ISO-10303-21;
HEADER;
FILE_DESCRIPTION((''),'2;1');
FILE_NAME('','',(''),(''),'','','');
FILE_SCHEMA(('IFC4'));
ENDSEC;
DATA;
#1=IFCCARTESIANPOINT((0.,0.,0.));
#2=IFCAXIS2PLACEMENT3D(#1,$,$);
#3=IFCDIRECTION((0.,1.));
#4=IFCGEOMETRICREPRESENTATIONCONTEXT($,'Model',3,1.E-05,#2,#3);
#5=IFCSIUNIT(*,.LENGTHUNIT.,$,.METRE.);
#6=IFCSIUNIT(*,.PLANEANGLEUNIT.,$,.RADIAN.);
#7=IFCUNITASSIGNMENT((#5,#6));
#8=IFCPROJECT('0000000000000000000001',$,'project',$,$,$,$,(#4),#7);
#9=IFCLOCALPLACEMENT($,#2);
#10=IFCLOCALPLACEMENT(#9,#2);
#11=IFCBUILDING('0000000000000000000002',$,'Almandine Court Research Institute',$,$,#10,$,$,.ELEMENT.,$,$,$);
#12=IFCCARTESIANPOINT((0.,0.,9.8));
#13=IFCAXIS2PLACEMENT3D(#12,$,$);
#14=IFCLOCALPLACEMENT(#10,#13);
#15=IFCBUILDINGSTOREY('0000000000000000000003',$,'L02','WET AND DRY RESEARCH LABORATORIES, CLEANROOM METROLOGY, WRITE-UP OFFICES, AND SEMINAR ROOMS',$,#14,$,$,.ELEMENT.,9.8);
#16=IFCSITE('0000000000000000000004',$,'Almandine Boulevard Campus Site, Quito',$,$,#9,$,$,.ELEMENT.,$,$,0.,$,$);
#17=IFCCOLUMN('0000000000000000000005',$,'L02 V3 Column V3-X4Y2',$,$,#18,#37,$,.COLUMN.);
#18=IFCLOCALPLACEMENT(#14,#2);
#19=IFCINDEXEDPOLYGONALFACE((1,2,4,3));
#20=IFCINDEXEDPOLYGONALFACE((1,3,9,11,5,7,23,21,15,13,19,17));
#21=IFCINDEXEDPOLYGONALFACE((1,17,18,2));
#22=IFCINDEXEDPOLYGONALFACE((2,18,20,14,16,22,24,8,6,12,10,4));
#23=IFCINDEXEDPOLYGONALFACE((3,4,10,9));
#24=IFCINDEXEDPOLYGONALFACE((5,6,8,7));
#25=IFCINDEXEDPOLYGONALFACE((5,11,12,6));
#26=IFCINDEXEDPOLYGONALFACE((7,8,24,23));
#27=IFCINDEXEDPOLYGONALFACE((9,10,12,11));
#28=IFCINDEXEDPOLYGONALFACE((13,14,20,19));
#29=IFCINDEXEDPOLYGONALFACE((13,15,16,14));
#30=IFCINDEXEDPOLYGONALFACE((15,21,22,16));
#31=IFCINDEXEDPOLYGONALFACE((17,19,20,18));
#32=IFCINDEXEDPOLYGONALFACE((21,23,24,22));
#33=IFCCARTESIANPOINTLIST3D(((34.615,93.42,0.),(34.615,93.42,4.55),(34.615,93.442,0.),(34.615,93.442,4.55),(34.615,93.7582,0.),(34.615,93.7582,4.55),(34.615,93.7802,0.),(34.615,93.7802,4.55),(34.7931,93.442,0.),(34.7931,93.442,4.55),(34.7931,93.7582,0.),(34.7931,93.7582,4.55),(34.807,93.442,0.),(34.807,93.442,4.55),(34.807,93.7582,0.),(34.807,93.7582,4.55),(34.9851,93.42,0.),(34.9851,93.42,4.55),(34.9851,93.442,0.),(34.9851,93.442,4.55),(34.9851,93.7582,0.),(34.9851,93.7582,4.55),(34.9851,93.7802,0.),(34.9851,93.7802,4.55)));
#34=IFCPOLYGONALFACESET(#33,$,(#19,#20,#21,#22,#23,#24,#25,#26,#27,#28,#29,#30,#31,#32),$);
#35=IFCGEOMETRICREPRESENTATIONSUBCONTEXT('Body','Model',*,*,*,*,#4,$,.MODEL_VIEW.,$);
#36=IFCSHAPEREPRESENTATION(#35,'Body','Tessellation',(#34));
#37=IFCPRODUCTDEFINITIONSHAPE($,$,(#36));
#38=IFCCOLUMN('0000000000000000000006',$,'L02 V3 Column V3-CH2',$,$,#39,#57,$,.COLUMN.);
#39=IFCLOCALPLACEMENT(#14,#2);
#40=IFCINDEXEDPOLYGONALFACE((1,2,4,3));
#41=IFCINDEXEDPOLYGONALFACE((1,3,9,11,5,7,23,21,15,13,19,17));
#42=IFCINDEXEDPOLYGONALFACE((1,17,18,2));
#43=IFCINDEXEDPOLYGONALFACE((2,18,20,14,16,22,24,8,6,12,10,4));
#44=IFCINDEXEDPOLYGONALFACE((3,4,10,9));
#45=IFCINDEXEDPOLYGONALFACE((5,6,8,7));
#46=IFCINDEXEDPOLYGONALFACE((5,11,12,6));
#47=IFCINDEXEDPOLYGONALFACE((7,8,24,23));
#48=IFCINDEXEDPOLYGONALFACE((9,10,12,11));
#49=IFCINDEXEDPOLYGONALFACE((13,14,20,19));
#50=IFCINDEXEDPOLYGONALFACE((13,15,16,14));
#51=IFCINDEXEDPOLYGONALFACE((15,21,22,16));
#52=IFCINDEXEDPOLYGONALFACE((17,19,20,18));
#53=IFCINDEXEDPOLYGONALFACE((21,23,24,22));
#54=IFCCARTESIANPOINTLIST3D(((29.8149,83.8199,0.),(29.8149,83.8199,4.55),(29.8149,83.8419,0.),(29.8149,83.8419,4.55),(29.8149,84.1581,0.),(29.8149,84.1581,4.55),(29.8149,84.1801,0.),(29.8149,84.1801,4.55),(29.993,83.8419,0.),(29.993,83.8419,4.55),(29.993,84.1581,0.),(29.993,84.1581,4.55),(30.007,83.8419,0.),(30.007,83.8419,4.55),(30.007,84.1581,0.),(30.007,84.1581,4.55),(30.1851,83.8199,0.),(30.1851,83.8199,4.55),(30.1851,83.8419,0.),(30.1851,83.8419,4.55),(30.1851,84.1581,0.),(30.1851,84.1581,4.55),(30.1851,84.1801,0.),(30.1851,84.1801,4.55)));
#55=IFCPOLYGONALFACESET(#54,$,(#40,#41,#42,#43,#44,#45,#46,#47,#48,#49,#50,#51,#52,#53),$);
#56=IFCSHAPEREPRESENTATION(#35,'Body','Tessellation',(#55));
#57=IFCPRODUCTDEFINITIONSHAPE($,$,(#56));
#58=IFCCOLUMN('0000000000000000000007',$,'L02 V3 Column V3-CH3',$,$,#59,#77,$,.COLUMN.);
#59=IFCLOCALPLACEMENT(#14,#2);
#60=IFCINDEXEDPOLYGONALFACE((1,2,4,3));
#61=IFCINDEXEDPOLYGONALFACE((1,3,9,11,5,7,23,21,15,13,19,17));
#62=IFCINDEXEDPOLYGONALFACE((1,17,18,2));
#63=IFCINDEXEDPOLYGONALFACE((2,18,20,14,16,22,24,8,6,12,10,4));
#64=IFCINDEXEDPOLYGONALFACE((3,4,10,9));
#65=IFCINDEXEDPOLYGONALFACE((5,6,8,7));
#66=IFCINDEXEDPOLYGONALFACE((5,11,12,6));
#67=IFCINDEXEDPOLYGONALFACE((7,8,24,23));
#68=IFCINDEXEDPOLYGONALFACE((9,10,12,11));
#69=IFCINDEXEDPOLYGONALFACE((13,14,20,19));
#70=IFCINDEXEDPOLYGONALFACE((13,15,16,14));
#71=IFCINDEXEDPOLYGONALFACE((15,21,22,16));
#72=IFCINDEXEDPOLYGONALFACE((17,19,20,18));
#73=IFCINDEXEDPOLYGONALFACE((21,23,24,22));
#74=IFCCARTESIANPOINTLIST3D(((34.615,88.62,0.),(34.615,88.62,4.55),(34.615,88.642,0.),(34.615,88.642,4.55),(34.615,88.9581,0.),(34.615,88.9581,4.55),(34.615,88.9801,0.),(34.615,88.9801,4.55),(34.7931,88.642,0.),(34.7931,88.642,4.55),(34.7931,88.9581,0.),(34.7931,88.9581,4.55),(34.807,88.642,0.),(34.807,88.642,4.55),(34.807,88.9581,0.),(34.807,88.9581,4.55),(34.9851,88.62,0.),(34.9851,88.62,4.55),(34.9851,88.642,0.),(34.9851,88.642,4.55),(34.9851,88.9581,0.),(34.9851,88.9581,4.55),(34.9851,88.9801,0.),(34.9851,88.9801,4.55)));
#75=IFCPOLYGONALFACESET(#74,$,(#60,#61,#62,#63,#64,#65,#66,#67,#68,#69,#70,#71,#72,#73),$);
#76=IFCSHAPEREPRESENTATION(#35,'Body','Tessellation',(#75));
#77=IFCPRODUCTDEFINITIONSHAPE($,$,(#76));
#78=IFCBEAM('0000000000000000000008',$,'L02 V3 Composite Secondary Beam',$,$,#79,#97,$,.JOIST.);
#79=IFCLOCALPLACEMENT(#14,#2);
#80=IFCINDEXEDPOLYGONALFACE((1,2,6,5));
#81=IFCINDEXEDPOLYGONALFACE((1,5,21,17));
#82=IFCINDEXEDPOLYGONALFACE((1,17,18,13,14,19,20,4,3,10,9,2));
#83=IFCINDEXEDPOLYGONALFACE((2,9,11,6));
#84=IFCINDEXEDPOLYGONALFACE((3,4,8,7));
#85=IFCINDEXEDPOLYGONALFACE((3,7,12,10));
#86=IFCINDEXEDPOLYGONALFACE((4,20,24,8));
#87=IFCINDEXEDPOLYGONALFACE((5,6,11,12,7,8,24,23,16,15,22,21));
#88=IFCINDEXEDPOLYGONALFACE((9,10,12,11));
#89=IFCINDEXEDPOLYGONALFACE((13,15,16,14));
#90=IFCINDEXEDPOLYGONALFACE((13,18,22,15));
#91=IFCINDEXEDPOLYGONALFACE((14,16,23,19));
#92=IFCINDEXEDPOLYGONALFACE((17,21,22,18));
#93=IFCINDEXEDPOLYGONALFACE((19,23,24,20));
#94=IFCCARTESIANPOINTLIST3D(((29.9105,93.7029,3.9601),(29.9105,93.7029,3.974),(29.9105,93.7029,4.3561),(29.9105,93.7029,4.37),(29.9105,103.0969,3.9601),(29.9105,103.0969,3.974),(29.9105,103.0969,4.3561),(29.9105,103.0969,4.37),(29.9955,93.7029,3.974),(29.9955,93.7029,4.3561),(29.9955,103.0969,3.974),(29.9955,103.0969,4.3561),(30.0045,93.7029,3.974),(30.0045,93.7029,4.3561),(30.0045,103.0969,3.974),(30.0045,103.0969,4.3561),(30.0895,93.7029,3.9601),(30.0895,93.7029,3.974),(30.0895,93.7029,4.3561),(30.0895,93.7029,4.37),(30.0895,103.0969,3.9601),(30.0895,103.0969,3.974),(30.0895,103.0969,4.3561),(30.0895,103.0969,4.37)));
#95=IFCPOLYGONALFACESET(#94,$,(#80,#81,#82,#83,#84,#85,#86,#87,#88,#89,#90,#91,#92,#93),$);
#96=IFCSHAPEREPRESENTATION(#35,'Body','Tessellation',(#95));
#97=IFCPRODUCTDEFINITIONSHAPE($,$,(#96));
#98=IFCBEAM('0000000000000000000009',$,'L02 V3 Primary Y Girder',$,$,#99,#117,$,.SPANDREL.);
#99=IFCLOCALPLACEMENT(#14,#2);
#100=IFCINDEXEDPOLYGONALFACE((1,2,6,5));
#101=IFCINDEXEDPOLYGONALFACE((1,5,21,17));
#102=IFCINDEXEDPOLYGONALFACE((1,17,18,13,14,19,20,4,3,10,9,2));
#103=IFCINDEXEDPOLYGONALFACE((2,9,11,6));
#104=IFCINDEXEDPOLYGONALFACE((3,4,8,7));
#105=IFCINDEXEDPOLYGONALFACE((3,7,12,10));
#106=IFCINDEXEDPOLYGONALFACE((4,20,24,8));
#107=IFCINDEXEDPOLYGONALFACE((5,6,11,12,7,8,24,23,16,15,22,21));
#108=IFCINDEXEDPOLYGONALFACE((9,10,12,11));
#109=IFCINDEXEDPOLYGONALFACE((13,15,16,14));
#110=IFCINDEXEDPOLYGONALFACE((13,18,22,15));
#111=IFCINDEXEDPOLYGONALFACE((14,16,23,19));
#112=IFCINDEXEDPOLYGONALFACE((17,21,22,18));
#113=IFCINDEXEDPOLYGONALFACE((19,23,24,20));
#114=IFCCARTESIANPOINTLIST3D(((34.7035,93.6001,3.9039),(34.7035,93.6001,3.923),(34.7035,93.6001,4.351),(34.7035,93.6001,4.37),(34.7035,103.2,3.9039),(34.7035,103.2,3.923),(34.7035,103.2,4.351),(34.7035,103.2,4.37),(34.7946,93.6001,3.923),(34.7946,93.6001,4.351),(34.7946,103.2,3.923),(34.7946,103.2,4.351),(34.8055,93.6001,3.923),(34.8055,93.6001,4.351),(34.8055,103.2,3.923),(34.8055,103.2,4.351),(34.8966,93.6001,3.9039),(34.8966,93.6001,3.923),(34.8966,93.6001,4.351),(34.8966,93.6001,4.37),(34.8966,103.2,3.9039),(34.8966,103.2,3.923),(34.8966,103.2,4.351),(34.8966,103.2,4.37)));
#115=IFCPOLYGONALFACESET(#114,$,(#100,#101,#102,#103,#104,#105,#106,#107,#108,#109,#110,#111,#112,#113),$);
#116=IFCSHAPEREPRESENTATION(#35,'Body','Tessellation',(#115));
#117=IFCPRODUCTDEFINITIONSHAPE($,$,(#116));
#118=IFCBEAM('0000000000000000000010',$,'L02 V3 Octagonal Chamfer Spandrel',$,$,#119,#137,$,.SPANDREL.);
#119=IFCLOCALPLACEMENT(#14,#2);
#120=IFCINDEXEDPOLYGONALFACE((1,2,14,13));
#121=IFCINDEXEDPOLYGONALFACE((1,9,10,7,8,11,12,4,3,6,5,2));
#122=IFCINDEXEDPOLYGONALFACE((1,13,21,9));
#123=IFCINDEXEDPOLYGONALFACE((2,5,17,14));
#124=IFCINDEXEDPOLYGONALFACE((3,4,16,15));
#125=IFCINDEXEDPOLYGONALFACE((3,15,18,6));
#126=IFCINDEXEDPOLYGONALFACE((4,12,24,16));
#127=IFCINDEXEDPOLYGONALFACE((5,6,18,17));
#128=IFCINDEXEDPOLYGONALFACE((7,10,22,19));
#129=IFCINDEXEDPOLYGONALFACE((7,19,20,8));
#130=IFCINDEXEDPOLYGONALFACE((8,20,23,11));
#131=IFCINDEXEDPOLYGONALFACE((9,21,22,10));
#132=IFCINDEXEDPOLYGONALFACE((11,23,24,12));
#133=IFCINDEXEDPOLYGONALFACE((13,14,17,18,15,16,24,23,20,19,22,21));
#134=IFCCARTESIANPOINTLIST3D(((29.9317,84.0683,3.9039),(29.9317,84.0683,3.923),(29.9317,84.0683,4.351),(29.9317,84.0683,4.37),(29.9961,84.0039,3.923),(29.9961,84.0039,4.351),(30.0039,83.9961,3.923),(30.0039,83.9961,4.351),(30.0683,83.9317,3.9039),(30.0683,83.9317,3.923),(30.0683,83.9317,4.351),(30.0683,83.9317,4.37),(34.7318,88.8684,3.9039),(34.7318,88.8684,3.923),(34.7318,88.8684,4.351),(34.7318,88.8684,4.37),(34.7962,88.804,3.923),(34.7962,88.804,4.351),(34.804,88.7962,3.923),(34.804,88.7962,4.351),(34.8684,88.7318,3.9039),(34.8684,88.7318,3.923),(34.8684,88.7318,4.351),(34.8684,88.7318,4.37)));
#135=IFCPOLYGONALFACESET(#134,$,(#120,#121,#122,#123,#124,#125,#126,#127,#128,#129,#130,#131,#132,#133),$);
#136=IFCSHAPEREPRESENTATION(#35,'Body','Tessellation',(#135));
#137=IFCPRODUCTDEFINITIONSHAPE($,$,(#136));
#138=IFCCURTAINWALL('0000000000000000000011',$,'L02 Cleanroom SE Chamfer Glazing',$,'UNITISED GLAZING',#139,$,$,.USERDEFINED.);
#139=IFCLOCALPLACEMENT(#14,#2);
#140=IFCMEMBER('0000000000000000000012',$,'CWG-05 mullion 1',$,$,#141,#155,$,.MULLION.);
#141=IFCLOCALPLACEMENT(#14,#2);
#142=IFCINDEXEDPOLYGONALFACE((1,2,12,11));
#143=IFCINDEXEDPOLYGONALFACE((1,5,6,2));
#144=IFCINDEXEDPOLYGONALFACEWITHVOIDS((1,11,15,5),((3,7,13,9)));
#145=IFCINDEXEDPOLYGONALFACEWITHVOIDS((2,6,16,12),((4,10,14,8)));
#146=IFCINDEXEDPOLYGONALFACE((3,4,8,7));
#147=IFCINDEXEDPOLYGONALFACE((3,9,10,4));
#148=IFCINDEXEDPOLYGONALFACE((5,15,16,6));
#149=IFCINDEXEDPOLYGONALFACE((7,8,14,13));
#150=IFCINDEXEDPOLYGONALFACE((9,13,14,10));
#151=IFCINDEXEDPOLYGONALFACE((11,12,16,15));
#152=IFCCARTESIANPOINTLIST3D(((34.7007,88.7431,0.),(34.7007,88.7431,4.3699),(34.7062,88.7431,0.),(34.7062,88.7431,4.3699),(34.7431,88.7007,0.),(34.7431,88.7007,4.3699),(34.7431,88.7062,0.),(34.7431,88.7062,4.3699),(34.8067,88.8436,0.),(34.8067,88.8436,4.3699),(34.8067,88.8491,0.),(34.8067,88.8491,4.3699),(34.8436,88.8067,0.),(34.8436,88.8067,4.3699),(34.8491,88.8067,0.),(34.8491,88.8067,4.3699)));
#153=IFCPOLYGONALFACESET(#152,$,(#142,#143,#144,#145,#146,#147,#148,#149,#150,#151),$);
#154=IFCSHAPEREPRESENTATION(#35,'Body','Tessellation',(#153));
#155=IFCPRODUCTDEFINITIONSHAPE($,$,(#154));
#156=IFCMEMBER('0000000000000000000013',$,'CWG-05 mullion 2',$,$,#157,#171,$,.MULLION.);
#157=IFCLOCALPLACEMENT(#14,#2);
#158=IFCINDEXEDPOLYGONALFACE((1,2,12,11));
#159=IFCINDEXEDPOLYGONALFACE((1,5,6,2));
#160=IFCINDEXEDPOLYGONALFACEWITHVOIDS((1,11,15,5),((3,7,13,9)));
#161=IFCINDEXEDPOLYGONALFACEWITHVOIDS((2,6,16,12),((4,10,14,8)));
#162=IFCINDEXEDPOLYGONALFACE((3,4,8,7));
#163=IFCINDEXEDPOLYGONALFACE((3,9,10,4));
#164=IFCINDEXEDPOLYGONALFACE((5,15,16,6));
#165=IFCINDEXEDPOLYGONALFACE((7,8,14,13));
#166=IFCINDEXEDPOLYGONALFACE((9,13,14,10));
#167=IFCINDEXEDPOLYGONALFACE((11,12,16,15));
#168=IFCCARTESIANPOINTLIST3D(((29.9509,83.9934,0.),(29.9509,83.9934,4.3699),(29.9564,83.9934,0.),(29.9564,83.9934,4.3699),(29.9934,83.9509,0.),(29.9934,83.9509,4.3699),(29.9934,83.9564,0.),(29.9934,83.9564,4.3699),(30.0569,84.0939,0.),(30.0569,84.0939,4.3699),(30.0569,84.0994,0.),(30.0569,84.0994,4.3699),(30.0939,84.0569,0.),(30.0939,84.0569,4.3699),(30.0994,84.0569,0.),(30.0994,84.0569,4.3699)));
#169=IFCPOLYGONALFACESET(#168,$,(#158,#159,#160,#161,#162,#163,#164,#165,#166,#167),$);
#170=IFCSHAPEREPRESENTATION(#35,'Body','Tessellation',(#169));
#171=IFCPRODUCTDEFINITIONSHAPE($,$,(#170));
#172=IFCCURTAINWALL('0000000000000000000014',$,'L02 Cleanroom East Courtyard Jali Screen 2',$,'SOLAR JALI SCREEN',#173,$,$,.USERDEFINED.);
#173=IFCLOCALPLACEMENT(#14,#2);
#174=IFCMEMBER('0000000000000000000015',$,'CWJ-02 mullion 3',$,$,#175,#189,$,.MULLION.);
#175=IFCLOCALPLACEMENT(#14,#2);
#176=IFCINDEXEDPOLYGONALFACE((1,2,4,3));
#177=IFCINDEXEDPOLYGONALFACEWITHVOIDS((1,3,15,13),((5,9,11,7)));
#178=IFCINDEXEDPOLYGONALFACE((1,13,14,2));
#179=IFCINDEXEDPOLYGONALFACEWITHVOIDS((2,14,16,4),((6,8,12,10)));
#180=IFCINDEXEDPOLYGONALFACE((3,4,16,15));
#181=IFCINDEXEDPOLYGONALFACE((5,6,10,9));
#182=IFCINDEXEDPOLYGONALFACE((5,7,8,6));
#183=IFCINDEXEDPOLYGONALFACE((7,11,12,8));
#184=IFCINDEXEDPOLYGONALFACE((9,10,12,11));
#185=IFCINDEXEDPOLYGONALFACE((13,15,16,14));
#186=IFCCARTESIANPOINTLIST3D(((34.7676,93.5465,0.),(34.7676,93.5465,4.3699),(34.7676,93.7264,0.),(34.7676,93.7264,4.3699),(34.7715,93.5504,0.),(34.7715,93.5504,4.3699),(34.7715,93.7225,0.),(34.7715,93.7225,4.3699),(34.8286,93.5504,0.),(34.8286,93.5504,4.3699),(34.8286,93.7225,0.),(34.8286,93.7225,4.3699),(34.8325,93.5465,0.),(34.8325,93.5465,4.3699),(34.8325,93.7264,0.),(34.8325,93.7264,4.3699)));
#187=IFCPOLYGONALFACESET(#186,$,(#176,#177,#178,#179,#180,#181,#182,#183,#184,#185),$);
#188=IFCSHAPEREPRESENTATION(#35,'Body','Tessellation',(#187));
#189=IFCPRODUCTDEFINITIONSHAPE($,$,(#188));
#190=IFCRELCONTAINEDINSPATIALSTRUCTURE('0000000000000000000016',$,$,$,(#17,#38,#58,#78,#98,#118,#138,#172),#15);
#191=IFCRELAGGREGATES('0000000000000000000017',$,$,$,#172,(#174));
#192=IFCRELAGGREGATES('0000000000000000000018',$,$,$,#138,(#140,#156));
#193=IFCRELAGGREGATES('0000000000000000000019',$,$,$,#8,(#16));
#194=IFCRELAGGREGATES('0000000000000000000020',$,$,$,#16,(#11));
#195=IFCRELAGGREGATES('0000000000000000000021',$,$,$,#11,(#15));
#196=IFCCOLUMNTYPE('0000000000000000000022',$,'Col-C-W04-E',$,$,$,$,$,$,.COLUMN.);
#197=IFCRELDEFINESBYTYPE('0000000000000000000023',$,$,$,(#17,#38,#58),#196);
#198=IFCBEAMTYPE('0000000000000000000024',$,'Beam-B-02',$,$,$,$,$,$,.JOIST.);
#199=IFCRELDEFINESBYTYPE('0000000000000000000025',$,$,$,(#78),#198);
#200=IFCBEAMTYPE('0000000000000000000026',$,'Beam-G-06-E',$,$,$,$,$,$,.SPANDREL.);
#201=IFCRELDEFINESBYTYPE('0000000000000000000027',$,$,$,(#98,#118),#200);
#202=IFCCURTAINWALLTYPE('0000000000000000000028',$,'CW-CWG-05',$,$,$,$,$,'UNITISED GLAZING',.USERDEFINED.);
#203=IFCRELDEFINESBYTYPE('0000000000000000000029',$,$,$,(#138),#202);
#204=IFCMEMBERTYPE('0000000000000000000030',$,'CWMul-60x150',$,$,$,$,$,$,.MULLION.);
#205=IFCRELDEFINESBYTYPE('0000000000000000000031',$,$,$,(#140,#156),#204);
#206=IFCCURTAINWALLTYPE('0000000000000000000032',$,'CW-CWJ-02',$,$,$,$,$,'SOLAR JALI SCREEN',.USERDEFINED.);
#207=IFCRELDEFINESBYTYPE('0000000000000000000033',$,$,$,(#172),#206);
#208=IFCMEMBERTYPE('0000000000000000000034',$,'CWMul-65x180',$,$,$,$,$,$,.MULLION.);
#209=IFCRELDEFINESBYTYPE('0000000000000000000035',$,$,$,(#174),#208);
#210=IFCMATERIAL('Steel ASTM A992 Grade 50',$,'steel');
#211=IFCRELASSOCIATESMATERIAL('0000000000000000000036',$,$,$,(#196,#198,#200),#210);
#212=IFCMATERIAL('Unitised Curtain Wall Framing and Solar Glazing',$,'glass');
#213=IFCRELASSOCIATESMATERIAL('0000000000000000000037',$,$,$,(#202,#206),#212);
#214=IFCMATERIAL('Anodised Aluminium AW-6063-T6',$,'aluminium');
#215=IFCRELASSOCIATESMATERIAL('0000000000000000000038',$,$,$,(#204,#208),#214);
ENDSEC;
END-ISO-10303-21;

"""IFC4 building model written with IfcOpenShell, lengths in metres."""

from ifc_helpers import new_model, si_unit, direction, frame, origin, origin_2d, place, context, subcontext, project, spatial, hollow_rectangle, i_section, extrude, material, material_profile, profile_set, type_object, element, aggregate, save


model = new_model("IFC4")

# Units and contexts
model_context = context("Model", 3, precision=1e-05, world=origin(), true_north=direction((0.0, 1.0)))
body_context = subcontext(model_context, "Body", "Model", "MODEL_VIEW")
ifc_project = project(units=[si_unit("LENGTHUNIT", "METRE"), si_unit("PLANEANGLEUNIT", "RADIAN")], contexts=[model_context])

# Site, building, storey
site_placement = place(None, origin())
site = spatial("IfcSite", under=ifc_project, at=site_placement, Name="Almandine Boulevard Campus Site, Quito", CompositionType="ELEMENT", RefElevation=0.0)
building_placement = place(site_placement, origin())
building = spatial("IfcBuilding", under=site, at=building_placement, Name="Almandine Court Research Institute", CompositionType="ELEMENT")
storey_placement = place(building_placement, frame((0.0, 0.0, 9.8)))
storey = spatial("IfcBuildingStorey", under=building, at=storey_placement, Name="L02", Description="WET AND DRY RESEARCH LABORATORIES, CLEANROOM METROLOGY, WRITE-UP OFFICES, AND SEMINAR ROOMS", CompositionType="ELEMENT", Elevation=9.8)

# Columns
ifc_material_1 = material(Name="Steel ASTM A992 Grade 50", Category="steel")
ifc_material_profile_1 = material_profile(ifc_material_1, i_section(OverallWidth=0.3701, OverallDepth=0.3601, WebThickness=0.0139, FlangeThickness=0.022, at=origin_2d()), Name="W360x147")
ifc_profile_set_1 = profile_set([ifc_material_profile_1], Name="Steel ASTM A992 Grade 50")
column_type = type_object("IfcColumnType", Name="Col-C-W04-E", PredefinedType="COLUMN", material=ifc_profile_set_1)
for number, where, z_axis, x_axis, name in (
    (1, (34.8, 93.6001, 0.0), (0.0, 0.0, 1.0), (1.0, 0.0, 0.0), "L02 V3 Column V3-X4Y2"),
    (2, (30.0, 84.0, 0.0), (0.0, 0.0, 1.0), (1.0, 0.0, 0.0), "L02 V3 Column V3-CH2"),
    (3, (34.8, 88.8, 0.0), (0.0, 0.0, 1.0), (1.0, 0.0, 0.0), "L02 V3 Column V3-CH3"),
):
    element("IfcColumn", number, at=place(storey_placement, frame(where, z_axis=z_axis, x_axis=x_axis)), inside=storey, type_object=column_type, Name=name, PredefinedType="COLUMN", context=body_context, shape_type="SweptSolid", body=[
        extrude(i_section(OverallWidth=0.3701, OverallDepth=0.3601, WebThickness=0.0139, FlangeThickness=0.022, at=origin_2d()), origin(), (0.0, 0.0, 1.0), 4.55),
    ])

# Beams
ifc_material_profile_2 = material_profile(ifc_material_1, i_section(OverallWidth=0.179, OverallDepth=0.4099, WebThickness=0.009, FlangeThickness=0.0139, at=origin_2d()), Name="W410x67")
ifc_profile_set_2 = profile_set([ifc_material_profile_2], Name="Steel ASTM A992 Grade 50")
beam_type_1 = type_object("IfcBeamType", Name="Beam-B-02", PredefinedType="JOIST", material=ifc_profile_set_2)
beam_1_placement = place(storey_placement, frame((30.0, 93.7029, 4.165), z_axis=(0.0, 1.0, 0.0), x_axis=(-1.0, 0.0, 0.0)))
element("IfcBeam", 4, at=beam_1_placement, inside=storey, type_object=beam_type_1, Name="L02 V3 Composite Secondary Beam", PredefinedType="JOIST", context=body_context, shape_type="SweptSolid", body=[
    extrude(i_section(OverallWidth=0.179, OverallDepth=0.4099, WebThickness=0.009, FlangeThickness=0.0139, at=origin_2d()), origin(), (0.0, 0.0, 1.0), 9.394),
])
ifc_material_profile_3 = material_profile(ifc_material_1, i_section(OverallWidth=0.1931, OverallDepth=0.4661, WebThickness=0.011, FlangeThickness=0.019, at=origin_2d()), Name="W460x97")
ifc_profile_set_3 = profile_set([ifc_material_profile_3], Name="Steel ASTM A992 Grade 50")
beam_type_2 = type_object("IfcBeamType", Name="Beam-G-06-E", PredefinedType="SPANDREL", material=ifc_profile_set_3)
beam_2_placement = place(storey_placement, frame((34.8, 93.6001, 4.137), z_axis=(0.0, 1.0, 0.0), x_axis=(-1.0, 0.0, 0.0)))
element("IfcBeam", 5, at=beam_2_placement, inside=storey, type_object=beam_type_2, Name="L02 V3 Primary Y Girder", PredefinedType="SPANDREL", context=body_context, shape_type="SweptSolid", body=[
    extrude(i_section(OverallWidth=0.1931, OverallDepth=0.4661, WebThickness=0.011, FlangeThickness=0.019, at=origin_2d()), origin(), (0.0, 0.0, 1.0), 9.5999),
])
beam_3_placement = place(storey_placement, frame((30.0, 84.0, 4.137), z_axis=(0.707107, 0.707107, 0.0), x_axis=(-0.707107, 0.707107, 0.0)))
element("IfcBeam", 6, at=beam_3_placement, inside=storey, type_object=beam_type_2, Name="L02 V3 Octagonal Chamfer Spandrel", PredefinedType="SPANDREL", context=body_context, shape_type="SweptSolid", body=[
    extrude(i_section(OverallWidth=0.1931, OverallDepth=0.4661, WebThickness=0.011, FlangeThickness=0.019, at=origin_2d()), origin(), (0.0, 0.0, 1.0), 6.7883),
])

# Curtain wall, members
ifc_material_2 = material(Name="Unitised Curtain Wall Framing and Solar Glazing", Category="glass")
curtain_wall_type_1 = type_object("IfcCurtainWallType", Name="CW-CWG-05", ElementType="UNITISED GLAZING", PredefinedType="USERDEFINED", material=ifc_material_2)
curtain_wall_1_placement = place(storey_placement, origin())
curtain_wall_1 = element("IfcCurtainWall", 7, at=curtain_wall_1_placement, inside=storey, type_object=curtain_wall_type_1, Name="L02 Cleanroom SE Chamfer Glazing", ObjectType="UNITISED GLAZING", PredefinedType="USERDEFINED")
ifc_material_3 = material(Name="Anodised Aluminium AW-6063-T6", Category="aluminium")
ifc_material_profile_4 = material_profile(ifc_material_3, hollow_rectangle(XDim=0.0601, YDim=0.1499, WallThickness=0.0039, at=origin_2d()), Name="ALU RHS 60x150x4")
ifc_profile_set_4 = profile_set([ifc_material_profile_4], Name="Anodised Aluminium AW-6063-T6")
member_type_1 = type_object("IfcMemberType", Name="CWMul-60x150", PredefinedType="MULLION", material=ifc_profile_set_4)
member_1_placement = place(storey_placement, frame((34.7749, 88.7749, 0.0), z_axis=(0.0, 0.0, 1.0), x_axis=(0.707107, -0.707107, 0.0)))
member_1 = element("IfcMember", 8, at=member_1_placement, type_object=member_type_1, Name="CWG-05 mullion 1", PredefinedType="MULLION", context=body_context, shape_type="SweptSolid", body=[
    extrude(hollow_rectangle(XDim=0.0601, YDim=0.1499, WallThickness=0.0039, at=origin_2d()), origin(), (0.0, 0.0, 1.0), 4.3699),
])
member_2_placement = place(storey_placement, frame((30.0251, 84.0251, 0.0), z_axis=(0.0, 0.0, 1.0), x_axis=(0.707107, -0.707107, 0.0)))
member_2 = element("IfcMember", 9, at=member_2_placement, type_object=member_type_1, Name="CWG-05 mullion 2", PredefinedType="MULLION", context=body_context, shape_type="SweptSolid", body=[
    extrude(hollow_rectangle(XDim=0.0601, YDim=0.1499, WallThickness=0.0039, at=origin_2d()), origin(), (0.0, 0.0, 1.0), 4.3699),
])

# Curtain wall, member
curtain_wall_type_2 = type_object("IfcCurtainWallType", Name="CW-CWJ-02", ElementType="SOLAR JALI SCREEN", PredefinedType="USERDEFINED", material=ifc_material_2)
curtain_wall_2_placement = place(storey_placement, origin())
curtain_wall_2 = element("IfcCurtainWall", 10, at=curtain_wall_2_placement, inside=storey, type_object=curtain_wall_type_2, Name="L02 Cleanroom East Courtyard Jali Screen 2", ObjectType="SOLAR JALI SCREEN", PredefinedType="USERDEFINED")
ifc_material_profile_5 = material_profile(ifc_material_3, hollow_rectangle(XDim=0.0649, YDim=0.1799, WallThickness=0.0039, at=origin_2d()), Name="ALU RHS 65x180x4")
ifc_profile_set_5 = profile_set([ifc_material_profile_5], Name="Anodised Aluminium AW-6063-T6")
member_type_2 = type_object("IfcMemberType", Name="CWMul-65x180", PredefinedType="MULLION", material=ifc_profile_set_5)
member_3_placement = place(storey_placement, frame((34.8, 93.6365, 0.0), z_axis=(0.0, 0.0, 1.0), x_axis=(1.0, 0.0, 0.0)))
member_3 = element("IfcMember", 11, at=member_3_placement, type_object=member_type_2, Name="CWJ-02 mullion 3", PredefinedType="MULLION", context=body_context, shape_type="SweptSolid", body=[
    extrude(hollow_rectangle(XDim=0.0649, YDim=0.1799, WallThickness=0.0039, at=origin_2d()), origin(), (0.0, 0.0, 1.0), 4.3699),
])
aggregate(curtain_wall_2, [member_3])

aggregate(curtain_wall_1, [member_1, member_2])

save(model, "model.ifc")
